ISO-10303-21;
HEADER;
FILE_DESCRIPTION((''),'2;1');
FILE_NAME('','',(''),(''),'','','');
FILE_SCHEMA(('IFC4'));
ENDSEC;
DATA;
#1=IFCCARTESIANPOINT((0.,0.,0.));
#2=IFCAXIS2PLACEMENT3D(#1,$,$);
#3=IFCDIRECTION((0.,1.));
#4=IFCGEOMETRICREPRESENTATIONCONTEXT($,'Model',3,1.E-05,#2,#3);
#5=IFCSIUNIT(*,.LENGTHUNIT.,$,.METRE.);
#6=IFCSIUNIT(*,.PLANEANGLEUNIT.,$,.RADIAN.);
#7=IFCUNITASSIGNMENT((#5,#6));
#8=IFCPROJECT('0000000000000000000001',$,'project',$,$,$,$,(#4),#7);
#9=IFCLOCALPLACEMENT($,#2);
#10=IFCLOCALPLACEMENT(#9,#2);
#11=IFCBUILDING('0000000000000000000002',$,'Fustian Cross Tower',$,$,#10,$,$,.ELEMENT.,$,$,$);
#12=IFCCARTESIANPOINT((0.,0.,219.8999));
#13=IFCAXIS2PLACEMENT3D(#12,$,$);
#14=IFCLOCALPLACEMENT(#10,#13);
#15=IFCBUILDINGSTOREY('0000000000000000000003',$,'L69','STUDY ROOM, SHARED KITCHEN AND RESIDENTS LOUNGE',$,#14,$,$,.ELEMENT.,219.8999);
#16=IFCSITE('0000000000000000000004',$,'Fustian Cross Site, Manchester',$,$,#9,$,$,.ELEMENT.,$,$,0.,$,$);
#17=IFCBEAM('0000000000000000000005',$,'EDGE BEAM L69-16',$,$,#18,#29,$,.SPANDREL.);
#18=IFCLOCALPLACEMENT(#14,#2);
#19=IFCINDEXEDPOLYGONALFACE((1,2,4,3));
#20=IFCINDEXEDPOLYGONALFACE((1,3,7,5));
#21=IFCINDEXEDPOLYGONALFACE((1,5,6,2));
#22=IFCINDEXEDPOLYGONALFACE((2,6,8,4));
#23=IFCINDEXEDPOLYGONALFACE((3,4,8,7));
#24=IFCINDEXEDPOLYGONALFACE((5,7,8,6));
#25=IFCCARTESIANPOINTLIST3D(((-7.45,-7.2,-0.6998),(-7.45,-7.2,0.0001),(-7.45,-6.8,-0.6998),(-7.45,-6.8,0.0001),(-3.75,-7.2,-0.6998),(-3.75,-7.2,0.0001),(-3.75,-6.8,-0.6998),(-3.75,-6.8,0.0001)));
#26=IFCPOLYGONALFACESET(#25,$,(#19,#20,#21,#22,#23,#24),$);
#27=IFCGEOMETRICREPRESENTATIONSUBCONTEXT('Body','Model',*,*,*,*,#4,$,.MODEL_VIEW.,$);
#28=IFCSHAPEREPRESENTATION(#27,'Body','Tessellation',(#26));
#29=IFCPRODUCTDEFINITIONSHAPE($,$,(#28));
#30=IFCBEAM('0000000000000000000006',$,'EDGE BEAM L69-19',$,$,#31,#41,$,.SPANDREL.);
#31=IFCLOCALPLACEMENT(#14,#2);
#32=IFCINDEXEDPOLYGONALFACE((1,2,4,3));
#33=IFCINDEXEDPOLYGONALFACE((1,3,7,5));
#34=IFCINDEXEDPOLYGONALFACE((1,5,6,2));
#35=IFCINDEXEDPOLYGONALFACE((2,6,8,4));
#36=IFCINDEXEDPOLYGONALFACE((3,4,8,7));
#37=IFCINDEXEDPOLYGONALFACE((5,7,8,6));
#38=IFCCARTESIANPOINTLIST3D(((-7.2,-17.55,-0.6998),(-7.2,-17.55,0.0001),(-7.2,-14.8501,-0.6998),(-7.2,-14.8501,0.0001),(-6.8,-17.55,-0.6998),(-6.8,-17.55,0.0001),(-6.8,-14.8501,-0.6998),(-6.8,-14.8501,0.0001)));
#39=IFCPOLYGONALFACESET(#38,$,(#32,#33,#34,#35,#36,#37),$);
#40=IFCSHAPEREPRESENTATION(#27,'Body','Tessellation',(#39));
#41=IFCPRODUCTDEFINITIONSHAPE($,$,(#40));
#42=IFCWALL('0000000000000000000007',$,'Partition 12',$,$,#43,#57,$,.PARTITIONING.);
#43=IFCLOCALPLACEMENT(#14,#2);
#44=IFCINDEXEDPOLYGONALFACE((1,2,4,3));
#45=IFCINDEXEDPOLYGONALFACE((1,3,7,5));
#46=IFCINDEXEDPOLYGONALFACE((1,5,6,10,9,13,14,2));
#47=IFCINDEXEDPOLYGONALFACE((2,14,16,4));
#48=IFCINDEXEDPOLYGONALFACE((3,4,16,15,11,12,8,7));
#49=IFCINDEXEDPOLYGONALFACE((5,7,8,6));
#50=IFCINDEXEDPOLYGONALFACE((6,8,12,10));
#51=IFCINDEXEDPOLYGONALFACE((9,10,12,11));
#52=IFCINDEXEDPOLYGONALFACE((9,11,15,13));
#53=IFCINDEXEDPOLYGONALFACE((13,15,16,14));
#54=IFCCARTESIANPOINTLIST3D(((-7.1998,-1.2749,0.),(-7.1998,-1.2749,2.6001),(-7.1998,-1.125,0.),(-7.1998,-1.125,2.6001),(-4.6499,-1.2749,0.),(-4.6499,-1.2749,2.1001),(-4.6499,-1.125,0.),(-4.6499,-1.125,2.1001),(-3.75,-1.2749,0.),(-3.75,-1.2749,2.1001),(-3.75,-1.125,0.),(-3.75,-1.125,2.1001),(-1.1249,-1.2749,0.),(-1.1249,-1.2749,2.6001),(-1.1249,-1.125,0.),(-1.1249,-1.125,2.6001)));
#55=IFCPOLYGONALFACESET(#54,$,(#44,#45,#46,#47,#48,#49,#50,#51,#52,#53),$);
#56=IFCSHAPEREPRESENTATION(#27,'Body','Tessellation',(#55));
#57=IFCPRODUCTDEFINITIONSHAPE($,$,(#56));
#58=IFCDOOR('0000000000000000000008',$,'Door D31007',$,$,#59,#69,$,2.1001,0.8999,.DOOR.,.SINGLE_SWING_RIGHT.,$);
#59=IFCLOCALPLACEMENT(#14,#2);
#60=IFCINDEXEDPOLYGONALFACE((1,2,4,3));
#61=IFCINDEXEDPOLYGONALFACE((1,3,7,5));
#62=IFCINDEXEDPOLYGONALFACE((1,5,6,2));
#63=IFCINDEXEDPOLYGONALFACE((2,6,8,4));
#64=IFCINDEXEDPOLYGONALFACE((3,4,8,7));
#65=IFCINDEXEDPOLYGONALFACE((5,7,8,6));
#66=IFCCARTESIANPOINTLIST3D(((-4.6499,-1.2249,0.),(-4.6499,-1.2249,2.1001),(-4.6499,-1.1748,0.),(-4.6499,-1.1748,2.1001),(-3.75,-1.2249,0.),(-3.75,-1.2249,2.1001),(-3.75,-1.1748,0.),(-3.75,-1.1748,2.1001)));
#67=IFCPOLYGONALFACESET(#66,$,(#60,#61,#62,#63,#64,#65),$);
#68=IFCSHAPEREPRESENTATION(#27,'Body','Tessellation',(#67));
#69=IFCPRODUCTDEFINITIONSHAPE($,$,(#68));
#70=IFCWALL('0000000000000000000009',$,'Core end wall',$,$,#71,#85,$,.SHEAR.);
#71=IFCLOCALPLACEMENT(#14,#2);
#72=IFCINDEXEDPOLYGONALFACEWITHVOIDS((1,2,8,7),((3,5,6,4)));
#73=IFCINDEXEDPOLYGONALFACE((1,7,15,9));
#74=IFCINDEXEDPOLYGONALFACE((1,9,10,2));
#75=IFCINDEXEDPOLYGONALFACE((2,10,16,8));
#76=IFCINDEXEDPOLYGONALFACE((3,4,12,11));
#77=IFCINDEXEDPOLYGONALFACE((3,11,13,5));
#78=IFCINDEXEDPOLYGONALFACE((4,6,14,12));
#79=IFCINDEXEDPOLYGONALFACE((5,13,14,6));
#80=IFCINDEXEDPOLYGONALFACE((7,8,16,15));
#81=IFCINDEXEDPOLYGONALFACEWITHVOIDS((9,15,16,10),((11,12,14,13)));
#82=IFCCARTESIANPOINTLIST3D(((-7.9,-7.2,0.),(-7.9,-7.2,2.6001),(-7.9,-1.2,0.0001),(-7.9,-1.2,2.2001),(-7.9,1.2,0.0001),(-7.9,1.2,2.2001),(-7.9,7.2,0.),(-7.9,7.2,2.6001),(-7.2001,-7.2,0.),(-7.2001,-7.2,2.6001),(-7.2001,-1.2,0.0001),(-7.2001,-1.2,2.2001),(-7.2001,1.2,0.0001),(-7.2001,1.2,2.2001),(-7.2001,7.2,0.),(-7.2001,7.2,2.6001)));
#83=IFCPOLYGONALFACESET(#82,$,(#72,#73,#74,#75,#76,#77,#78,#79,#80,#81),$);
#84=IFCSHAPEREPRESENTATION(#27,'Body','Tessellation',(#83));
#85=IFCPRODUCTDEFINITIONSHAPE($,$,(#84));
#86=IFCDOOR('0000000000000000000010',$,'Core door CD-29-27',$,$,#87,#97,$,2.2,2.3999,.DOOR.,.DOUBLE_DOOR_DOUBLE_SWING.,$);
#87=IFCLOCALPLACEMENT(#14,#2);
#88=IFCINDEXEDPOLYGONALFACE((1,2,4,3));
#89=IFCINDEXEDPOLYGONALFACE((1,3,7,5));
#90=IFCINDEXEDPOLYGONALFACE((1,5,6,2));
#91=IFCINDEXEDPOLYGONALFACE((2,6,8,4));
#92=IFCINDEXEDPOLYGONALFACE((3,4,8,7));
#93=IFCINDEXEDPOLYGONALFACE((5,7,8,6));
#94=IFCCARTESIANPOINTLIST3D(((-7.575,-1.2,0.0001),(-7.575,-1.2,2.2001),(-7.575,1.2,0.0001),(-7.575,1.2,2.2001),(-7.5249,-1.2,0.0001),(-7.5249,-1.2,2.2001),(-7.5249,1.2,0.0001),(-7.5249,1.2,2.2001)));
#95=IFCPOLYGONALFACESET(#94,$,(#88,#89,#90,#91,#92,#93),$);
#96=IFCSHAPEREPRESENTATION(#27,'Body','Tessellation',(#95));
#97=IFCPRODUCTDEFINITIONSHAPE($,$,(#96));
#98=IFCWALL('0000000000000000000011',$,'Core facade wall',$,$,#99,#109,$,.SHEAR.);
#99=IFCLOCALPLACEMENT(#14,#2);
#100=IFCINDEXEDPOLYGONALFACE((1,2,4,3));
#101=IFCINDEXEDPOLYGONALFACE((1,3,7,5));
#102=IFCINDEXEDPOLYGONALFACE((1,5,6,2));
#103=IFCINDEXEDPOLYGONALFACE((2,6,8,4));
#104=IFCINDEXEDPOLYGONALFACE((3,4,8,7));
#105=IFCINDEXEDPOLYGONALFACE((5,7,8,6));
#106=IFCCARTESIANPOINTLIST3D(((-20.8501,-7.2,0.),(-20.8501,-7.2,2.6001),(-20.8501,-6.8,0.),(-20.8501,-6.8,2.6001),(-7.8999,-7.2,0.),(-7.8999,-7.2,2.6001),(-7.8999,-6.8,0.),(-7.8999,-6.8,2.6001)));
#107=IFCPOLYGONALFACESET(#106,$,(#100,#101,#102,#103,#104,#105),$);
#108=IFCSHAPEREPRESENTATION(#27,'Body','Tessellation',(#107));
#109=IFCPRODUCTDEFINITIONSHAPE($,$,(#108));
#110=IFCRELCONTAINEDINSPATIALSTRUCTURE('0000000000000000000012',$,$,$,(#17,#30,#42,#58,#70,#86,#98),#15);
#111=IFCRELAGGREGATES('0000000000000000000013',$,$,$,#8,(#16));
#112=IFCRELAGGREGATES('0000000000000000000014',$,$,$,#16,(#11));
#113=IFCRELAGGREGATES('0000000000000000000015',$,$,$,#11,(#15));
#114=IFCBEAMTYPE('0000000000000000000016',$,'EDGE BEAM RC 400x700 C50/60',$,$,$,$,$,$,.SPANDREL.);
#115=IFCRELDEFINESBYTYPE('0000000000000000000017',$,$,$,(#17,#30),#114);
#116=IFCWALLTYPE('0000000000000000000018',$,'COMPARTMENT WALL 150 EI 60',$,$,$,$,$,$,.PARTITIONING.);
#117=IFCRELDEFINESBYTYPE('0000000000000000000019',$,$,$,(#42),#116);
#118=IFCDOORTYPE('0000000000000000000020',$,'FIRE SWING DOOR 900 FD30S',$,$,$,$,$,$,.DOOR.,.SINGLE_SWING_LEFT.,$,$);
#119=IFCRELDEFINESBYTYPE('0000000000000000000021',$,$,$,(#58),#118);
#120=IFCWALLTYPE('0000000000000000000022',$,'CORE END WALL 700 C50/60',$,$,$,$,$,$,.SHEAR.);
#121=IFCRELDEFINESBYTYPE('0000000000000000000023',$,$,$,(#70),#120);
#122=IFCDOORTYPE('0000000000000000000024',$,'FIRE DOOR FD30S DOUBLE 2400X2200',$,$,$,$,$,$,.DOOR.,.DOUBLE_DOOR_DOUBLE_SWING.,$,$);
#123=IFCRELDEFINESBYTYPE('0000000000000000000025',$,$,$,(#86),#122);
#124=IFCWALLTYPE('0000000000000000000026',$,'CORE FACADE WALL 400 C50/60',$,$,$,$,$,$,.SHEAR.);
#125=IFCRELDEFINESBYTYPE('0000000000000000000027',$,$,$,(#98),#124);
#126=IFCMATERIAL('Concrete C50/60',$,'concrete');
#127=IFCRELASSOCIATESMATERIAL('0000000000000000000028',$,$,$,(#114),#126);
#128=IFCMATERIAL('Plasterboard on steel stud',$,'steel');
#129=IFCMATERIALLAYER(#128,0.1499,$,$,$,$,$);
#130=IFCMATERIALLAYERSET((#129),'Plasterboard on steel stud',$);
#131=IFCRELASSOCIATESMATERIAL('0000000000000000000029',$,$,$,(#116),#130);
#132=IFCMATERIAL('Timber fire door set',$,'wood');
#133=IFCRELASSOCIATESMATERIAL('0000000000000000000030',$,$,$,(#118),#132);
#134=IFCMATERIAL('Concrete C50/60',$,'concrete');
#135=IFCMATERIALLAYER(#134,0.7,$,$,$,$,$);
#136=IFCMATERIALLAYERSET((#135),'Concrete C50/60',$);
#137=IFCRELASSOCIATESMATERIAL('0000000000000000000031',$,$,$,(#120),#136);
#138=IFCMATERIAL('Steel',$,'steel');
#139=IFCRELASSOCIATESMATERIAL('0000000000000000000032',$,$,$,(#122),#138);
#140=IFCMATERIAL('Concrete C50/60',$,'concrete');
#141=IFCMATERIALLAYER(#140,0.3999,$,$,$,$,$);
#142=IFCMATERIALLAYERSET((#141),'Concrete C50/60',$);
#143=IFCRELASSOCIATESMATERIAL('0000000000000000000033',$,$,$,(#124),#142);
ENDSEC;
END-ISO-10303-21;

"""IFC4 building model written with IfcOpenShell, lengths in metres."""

from ifc_helpers import new_model, si_unit, direction, frame, frame_2d, origin, origin_2d, place, context, subcontext, project, spatial, rectangle, extrude, material, layer, layer_set, material_profile, profile_set, type_object, element, fill, save


model = new_model("IFC4")

# Units and contexts
model_context = context("Model", 3, precision=1e-05, world=origin(), true_north=direction((0.0, 1.0)))
body_context = subcontext(model_context, "Body", "Model", "MODEL_VIEW")
ifc_project = project(units=[si_unit("LENGTHUNIT", "METRE"), si_unit("PLANEANGLEUNIT", "RADIAN")], contexts=[model_context])

# Site, building, storey
site_placement = place(None, origin())
site = spatial("IfcSite", under=ifc_project, at=site_placement, Name="Fustian Cross Site, Manchester", CompositionType="ELEMENT", RefElevation=0.0)
building_placement = place(site_placement, origin())
building = spatial("IfcBuilding", under=site, at=building_placement, Name="Fustian Cross Tower", CompositionType="ELEMENT")
storey_placement = place(building_placement, frame((0.0, 0.0, 219.8999)))
storey = spatial("IfcBuildingStorey", under=building, at=storey_placement, Name="L69", Description="STUDY ROOM, SHARED KITCHEN AND RESIDENTS LOUNGE", CompositionType="ELEMENT", Elevation=219.8999)

# Beams
ifc_material_1 = material(Name="Concrete C50/60", Category="concrete")
ifc_material_profile = material_profile(ifc_material_1, rectangle(XDim=0.3999, YDim=0.7, at=origin_2d()), Name="RC 400x700")
ifc_profile_set = profile_set([ifc_material_profile], Name="Concrete C50/60")
beam_type = type_object("IfcBeamType", Name="EDGE BEAM RC 400x700 C50/60", PredefinedType="SPANDREL", material=ifc_profile_set)
beam_1_placement = place(storey_placement, frame((-7.45, -7.0, -0.3499), z_axis=(1.0, 0.0, 0.0), x_axis=(0.0, 1.0, 0.0)))
element("IfcBeam", 1, at=beam_1_placement, inside=storey, type_object=beam_type, Name="EDGE BEAM L69-16", PredefinedType="SPANDREL", context=body_context, shape_type="SweptSolid", body=[
    extrude(rectangle(XDim=0.3999, YDim=0.7, at=origin_2d()), origin(), (0.0, 0.0, 1.0), 3.7),
])
beam_2_placement = place(storey_placement, frame((-7.0, -14.8501, -0.3499), z_axis=(0.0, -1.0, 0.0), x_axis=(1.0, 0.0, 0.0)))
element("IfcBeam", 2, at=beam_2_placement, inside=storey, type_object=beam_type, Name="EDGE BEAM L69-19", PredefinedType="SPANDREL", context=body_context, shape_type="SweptSolid", body=[
    extrude(rectangle(XDim=0.3999, YDim=0.7, at=origin_2d()), origin(), (0.0, 0.0, 1.0), 2.7),
])

# Walls, openings, doors
ifc_material_2 = material(Name="Plasterboard on steel stud", Category="steel")
ifc_layer_1 = layer(ifc_material_2, 0.1499)
ifc_layer_set_1 = layer_set([ifc_layer_1], Name="Plasterboard on steel stud")
wall_type_1 = type_object("IfcWallType", Name="COMPARTMENT WALL 150 EI 60", PredefinedType="PARTITIONING", material=ifc_layer_set_1)
wall_1_placement = place(storey_placement, frame((-7.2, -1.2, 0.0), z_axis=(0.0, 0.0, 1.0), x_axis=(1.0, 0.0, 0.0)))
wall_1 = element("IfcWall", 3, at=wall_1_placement, inside=storey, type_object=wall_type_1, Name="Partition 12", PredefinedType="PARTITIONING", context=body_context, shape_type="SweptSolid", body=[
    extrude(rectangle(XDim=6.075, YDim=0.1499, at=frame_2d((3.0376, 0.0))), origin(), (0.0, 0.0, 1.0), 2.6001),
])
opening_1_placement = place(wall_1_placement, frame((2.55, 0.0, 0.0)))
opening_1 = element("IfcOpeningElement", 4, at=opening_1_placement, cuts=wall_1, PredefinedType="OPENING", context=body_context, shape_type="SweptSolid", body=[
    extrude(rectangle(XDim=0.8999, YDim=2.1001, at=frame_2d((0.45, 1.05))), frame((0.0, 0.085, 0.0), z_axis=(0.0, -1.0, 0.0), x_axis=(1.0, 0.0, 0.0)), (0.0, 0.0, 1.0), 0.1699),
])
ifc_material_3 = material(Name="Timber fire door set", Category="wood")
door_type_1 = type_object("IfcDoorType", Name="FIRE SWING DOOR 900 FD30S", OperationType="SINGLE_SWING_LEFT", PredefinedType="DOOR", material=ifc_material_3)
door_1_placement = place(opening_1_placement, frame((0.8999, 0.0, 0.0), z_axis=(0.0, 0.0, 1.0), x_axis=(-1.0, 0.0, 0.0)))
door_1 = element("IfcDoor", 5, at=door_1_placement, inside=storey, type_object=door_type_1, Name="Door D31007", OperationType="SINGLE_SWING_RIGHT", OverallHeight=2.1001, OverallWidth=0.8999, PredefinedType="DOOR", context=body_context, shape_type="SweptSolid", body=[
    extrude(rectangle(XDim=0.8999, YDim=2.1001, at=frame_2d((0.45, 1.05))), frame((0.0, 0.0249, 0.0), z_axis=(0.0, -1.0, 0.0), x_axis=(1.0, 0.0, 0.0)), (0.0, 0.0, 1.0), 0.05),
])
fill(opening_1, door_1)
ifc_material_4 = material(Name="Concrete C50/60", Category="concrete")
ifc_layer_2 = layer(ifc_material_4, 0.7)
ifc_layer_set_2 = layer_set([ifc_layer_2], Name="Concrete C50/60")
wall_type_2 = type_object("IfcWallType", Name="CORE END WALL 700 C50/60", PredefinedType="SHEAR", material=ifc_layer_set_2)
wall_2_placement = place(storey_placement, frame((-7.55, -7.2, 0.0), z_axis=(0.0, 0.0, 1.0), x_axis=(0.0, 1.0, 0.0)))
wall_2 = element("IfcWall", 6, at=wall_2_placement, inside=storey, type_object=wall_type_2, Name="Core end wall", PredefinedType="SHEAR", context=body_context, shape_type="SweptSolid", body=[
    extrude(rectangle(XDim=14.3999, YDim=0.7, at=frame_2d((7.2, 0.0))), origin(), (0.0, 0.0, 1.0), 2.6001),
])
opening_2_placement = place(wall_2_placement, frame((6.0, 0.0, 0.0)))
opening_2 = element("IfcOpeningElement", 7, at=opening_2_placement, cuts=wall_2, PredefinedType="OPENING", context=body_context, shape_type="SweptSolid", body=[
    extrude(rectangle(XDim=2.3999, YDim=2.2, at=frame_2d((1.2, 1.1001))), frame((0.0, 0.3599, 0.0), z_axis=(0.0, -1.0, 0.0), x_axis=(1.0, 0.0, 0.0)), (0.0, 0.0, 1.0), 0.72),
])
ifc_material_5 = material(Name="Steel", Category="steel")
door_type_2 = type_object("IfcDoorType", Name="FIRE DOOR FD30S DOUBLE 2400X2200", OperationType="DOUBLE_DOOR_DOUBLE_SWING", PredefinedType="DOOR", material=ifc_material_5)
door_2_placement = place(opening_2_placement, origin())
door_2 = element("IfcDoor", 8, at=door_2_placement, inside=storey, type_object=door_type_2, Name="Core door CD-29-27", OperationType="DOUBLE_DOOR_DOUBLE_SWING", OverallHeight=2.2, OverallWidth=2.3999, PredefinedType="DOOR", context=body_context, shape_type="SweptSolid", body=[
    extrude(rectangle(XDim=2.3999, YDim=2.2, at=frame_2d((1.2, 1.1001))), frame((0.0, 0.0249, 0.0), z_axis=(0.0, -1.0, 0.0), x_axis=(1.0, 0.0, 0.0)), (0.0, 0.0, 1.0), 0.05),
])
fill(opening_2, door_2)

# Wall
ifc_material_6 = material(Name="Concrete C50/60", Category="concrete")
ifc_layer_3 = layer(ifc_material_6, 0.3999)
ifc_layer_set_3 = layer_set([ifc_layer_3], Name="Concrete C50/60")
wall_type_3 = type_object("IfcWallType", Name="CORE FACADE WALL 400 C50/60", PredefinedType="SHEAR", material=ifc_layer_set_3)
wall_3_placement = place(storey_placement, frame((-7.8999, -7.0, 0.0), z_axis=(0.0, 0.0, 1.0), x_axis=(-1.0, 0.0, 0.0)))
element("IfcWall", 9, at=wall_3_placement, inside=storey, type_object=wall_type_3, Name="Core facade wall", PredefinedType="SHEAR", context=body_context, shape_type="SweptSolid", body=[
    extrude(rectangle(XDim=12.9502, YDim=0.3999, at=frame_2d((6.4751, 0.0))), origin(), (0.0, 0.0, 1.0), 2.6001),
])

save(model, "model.ifc")
